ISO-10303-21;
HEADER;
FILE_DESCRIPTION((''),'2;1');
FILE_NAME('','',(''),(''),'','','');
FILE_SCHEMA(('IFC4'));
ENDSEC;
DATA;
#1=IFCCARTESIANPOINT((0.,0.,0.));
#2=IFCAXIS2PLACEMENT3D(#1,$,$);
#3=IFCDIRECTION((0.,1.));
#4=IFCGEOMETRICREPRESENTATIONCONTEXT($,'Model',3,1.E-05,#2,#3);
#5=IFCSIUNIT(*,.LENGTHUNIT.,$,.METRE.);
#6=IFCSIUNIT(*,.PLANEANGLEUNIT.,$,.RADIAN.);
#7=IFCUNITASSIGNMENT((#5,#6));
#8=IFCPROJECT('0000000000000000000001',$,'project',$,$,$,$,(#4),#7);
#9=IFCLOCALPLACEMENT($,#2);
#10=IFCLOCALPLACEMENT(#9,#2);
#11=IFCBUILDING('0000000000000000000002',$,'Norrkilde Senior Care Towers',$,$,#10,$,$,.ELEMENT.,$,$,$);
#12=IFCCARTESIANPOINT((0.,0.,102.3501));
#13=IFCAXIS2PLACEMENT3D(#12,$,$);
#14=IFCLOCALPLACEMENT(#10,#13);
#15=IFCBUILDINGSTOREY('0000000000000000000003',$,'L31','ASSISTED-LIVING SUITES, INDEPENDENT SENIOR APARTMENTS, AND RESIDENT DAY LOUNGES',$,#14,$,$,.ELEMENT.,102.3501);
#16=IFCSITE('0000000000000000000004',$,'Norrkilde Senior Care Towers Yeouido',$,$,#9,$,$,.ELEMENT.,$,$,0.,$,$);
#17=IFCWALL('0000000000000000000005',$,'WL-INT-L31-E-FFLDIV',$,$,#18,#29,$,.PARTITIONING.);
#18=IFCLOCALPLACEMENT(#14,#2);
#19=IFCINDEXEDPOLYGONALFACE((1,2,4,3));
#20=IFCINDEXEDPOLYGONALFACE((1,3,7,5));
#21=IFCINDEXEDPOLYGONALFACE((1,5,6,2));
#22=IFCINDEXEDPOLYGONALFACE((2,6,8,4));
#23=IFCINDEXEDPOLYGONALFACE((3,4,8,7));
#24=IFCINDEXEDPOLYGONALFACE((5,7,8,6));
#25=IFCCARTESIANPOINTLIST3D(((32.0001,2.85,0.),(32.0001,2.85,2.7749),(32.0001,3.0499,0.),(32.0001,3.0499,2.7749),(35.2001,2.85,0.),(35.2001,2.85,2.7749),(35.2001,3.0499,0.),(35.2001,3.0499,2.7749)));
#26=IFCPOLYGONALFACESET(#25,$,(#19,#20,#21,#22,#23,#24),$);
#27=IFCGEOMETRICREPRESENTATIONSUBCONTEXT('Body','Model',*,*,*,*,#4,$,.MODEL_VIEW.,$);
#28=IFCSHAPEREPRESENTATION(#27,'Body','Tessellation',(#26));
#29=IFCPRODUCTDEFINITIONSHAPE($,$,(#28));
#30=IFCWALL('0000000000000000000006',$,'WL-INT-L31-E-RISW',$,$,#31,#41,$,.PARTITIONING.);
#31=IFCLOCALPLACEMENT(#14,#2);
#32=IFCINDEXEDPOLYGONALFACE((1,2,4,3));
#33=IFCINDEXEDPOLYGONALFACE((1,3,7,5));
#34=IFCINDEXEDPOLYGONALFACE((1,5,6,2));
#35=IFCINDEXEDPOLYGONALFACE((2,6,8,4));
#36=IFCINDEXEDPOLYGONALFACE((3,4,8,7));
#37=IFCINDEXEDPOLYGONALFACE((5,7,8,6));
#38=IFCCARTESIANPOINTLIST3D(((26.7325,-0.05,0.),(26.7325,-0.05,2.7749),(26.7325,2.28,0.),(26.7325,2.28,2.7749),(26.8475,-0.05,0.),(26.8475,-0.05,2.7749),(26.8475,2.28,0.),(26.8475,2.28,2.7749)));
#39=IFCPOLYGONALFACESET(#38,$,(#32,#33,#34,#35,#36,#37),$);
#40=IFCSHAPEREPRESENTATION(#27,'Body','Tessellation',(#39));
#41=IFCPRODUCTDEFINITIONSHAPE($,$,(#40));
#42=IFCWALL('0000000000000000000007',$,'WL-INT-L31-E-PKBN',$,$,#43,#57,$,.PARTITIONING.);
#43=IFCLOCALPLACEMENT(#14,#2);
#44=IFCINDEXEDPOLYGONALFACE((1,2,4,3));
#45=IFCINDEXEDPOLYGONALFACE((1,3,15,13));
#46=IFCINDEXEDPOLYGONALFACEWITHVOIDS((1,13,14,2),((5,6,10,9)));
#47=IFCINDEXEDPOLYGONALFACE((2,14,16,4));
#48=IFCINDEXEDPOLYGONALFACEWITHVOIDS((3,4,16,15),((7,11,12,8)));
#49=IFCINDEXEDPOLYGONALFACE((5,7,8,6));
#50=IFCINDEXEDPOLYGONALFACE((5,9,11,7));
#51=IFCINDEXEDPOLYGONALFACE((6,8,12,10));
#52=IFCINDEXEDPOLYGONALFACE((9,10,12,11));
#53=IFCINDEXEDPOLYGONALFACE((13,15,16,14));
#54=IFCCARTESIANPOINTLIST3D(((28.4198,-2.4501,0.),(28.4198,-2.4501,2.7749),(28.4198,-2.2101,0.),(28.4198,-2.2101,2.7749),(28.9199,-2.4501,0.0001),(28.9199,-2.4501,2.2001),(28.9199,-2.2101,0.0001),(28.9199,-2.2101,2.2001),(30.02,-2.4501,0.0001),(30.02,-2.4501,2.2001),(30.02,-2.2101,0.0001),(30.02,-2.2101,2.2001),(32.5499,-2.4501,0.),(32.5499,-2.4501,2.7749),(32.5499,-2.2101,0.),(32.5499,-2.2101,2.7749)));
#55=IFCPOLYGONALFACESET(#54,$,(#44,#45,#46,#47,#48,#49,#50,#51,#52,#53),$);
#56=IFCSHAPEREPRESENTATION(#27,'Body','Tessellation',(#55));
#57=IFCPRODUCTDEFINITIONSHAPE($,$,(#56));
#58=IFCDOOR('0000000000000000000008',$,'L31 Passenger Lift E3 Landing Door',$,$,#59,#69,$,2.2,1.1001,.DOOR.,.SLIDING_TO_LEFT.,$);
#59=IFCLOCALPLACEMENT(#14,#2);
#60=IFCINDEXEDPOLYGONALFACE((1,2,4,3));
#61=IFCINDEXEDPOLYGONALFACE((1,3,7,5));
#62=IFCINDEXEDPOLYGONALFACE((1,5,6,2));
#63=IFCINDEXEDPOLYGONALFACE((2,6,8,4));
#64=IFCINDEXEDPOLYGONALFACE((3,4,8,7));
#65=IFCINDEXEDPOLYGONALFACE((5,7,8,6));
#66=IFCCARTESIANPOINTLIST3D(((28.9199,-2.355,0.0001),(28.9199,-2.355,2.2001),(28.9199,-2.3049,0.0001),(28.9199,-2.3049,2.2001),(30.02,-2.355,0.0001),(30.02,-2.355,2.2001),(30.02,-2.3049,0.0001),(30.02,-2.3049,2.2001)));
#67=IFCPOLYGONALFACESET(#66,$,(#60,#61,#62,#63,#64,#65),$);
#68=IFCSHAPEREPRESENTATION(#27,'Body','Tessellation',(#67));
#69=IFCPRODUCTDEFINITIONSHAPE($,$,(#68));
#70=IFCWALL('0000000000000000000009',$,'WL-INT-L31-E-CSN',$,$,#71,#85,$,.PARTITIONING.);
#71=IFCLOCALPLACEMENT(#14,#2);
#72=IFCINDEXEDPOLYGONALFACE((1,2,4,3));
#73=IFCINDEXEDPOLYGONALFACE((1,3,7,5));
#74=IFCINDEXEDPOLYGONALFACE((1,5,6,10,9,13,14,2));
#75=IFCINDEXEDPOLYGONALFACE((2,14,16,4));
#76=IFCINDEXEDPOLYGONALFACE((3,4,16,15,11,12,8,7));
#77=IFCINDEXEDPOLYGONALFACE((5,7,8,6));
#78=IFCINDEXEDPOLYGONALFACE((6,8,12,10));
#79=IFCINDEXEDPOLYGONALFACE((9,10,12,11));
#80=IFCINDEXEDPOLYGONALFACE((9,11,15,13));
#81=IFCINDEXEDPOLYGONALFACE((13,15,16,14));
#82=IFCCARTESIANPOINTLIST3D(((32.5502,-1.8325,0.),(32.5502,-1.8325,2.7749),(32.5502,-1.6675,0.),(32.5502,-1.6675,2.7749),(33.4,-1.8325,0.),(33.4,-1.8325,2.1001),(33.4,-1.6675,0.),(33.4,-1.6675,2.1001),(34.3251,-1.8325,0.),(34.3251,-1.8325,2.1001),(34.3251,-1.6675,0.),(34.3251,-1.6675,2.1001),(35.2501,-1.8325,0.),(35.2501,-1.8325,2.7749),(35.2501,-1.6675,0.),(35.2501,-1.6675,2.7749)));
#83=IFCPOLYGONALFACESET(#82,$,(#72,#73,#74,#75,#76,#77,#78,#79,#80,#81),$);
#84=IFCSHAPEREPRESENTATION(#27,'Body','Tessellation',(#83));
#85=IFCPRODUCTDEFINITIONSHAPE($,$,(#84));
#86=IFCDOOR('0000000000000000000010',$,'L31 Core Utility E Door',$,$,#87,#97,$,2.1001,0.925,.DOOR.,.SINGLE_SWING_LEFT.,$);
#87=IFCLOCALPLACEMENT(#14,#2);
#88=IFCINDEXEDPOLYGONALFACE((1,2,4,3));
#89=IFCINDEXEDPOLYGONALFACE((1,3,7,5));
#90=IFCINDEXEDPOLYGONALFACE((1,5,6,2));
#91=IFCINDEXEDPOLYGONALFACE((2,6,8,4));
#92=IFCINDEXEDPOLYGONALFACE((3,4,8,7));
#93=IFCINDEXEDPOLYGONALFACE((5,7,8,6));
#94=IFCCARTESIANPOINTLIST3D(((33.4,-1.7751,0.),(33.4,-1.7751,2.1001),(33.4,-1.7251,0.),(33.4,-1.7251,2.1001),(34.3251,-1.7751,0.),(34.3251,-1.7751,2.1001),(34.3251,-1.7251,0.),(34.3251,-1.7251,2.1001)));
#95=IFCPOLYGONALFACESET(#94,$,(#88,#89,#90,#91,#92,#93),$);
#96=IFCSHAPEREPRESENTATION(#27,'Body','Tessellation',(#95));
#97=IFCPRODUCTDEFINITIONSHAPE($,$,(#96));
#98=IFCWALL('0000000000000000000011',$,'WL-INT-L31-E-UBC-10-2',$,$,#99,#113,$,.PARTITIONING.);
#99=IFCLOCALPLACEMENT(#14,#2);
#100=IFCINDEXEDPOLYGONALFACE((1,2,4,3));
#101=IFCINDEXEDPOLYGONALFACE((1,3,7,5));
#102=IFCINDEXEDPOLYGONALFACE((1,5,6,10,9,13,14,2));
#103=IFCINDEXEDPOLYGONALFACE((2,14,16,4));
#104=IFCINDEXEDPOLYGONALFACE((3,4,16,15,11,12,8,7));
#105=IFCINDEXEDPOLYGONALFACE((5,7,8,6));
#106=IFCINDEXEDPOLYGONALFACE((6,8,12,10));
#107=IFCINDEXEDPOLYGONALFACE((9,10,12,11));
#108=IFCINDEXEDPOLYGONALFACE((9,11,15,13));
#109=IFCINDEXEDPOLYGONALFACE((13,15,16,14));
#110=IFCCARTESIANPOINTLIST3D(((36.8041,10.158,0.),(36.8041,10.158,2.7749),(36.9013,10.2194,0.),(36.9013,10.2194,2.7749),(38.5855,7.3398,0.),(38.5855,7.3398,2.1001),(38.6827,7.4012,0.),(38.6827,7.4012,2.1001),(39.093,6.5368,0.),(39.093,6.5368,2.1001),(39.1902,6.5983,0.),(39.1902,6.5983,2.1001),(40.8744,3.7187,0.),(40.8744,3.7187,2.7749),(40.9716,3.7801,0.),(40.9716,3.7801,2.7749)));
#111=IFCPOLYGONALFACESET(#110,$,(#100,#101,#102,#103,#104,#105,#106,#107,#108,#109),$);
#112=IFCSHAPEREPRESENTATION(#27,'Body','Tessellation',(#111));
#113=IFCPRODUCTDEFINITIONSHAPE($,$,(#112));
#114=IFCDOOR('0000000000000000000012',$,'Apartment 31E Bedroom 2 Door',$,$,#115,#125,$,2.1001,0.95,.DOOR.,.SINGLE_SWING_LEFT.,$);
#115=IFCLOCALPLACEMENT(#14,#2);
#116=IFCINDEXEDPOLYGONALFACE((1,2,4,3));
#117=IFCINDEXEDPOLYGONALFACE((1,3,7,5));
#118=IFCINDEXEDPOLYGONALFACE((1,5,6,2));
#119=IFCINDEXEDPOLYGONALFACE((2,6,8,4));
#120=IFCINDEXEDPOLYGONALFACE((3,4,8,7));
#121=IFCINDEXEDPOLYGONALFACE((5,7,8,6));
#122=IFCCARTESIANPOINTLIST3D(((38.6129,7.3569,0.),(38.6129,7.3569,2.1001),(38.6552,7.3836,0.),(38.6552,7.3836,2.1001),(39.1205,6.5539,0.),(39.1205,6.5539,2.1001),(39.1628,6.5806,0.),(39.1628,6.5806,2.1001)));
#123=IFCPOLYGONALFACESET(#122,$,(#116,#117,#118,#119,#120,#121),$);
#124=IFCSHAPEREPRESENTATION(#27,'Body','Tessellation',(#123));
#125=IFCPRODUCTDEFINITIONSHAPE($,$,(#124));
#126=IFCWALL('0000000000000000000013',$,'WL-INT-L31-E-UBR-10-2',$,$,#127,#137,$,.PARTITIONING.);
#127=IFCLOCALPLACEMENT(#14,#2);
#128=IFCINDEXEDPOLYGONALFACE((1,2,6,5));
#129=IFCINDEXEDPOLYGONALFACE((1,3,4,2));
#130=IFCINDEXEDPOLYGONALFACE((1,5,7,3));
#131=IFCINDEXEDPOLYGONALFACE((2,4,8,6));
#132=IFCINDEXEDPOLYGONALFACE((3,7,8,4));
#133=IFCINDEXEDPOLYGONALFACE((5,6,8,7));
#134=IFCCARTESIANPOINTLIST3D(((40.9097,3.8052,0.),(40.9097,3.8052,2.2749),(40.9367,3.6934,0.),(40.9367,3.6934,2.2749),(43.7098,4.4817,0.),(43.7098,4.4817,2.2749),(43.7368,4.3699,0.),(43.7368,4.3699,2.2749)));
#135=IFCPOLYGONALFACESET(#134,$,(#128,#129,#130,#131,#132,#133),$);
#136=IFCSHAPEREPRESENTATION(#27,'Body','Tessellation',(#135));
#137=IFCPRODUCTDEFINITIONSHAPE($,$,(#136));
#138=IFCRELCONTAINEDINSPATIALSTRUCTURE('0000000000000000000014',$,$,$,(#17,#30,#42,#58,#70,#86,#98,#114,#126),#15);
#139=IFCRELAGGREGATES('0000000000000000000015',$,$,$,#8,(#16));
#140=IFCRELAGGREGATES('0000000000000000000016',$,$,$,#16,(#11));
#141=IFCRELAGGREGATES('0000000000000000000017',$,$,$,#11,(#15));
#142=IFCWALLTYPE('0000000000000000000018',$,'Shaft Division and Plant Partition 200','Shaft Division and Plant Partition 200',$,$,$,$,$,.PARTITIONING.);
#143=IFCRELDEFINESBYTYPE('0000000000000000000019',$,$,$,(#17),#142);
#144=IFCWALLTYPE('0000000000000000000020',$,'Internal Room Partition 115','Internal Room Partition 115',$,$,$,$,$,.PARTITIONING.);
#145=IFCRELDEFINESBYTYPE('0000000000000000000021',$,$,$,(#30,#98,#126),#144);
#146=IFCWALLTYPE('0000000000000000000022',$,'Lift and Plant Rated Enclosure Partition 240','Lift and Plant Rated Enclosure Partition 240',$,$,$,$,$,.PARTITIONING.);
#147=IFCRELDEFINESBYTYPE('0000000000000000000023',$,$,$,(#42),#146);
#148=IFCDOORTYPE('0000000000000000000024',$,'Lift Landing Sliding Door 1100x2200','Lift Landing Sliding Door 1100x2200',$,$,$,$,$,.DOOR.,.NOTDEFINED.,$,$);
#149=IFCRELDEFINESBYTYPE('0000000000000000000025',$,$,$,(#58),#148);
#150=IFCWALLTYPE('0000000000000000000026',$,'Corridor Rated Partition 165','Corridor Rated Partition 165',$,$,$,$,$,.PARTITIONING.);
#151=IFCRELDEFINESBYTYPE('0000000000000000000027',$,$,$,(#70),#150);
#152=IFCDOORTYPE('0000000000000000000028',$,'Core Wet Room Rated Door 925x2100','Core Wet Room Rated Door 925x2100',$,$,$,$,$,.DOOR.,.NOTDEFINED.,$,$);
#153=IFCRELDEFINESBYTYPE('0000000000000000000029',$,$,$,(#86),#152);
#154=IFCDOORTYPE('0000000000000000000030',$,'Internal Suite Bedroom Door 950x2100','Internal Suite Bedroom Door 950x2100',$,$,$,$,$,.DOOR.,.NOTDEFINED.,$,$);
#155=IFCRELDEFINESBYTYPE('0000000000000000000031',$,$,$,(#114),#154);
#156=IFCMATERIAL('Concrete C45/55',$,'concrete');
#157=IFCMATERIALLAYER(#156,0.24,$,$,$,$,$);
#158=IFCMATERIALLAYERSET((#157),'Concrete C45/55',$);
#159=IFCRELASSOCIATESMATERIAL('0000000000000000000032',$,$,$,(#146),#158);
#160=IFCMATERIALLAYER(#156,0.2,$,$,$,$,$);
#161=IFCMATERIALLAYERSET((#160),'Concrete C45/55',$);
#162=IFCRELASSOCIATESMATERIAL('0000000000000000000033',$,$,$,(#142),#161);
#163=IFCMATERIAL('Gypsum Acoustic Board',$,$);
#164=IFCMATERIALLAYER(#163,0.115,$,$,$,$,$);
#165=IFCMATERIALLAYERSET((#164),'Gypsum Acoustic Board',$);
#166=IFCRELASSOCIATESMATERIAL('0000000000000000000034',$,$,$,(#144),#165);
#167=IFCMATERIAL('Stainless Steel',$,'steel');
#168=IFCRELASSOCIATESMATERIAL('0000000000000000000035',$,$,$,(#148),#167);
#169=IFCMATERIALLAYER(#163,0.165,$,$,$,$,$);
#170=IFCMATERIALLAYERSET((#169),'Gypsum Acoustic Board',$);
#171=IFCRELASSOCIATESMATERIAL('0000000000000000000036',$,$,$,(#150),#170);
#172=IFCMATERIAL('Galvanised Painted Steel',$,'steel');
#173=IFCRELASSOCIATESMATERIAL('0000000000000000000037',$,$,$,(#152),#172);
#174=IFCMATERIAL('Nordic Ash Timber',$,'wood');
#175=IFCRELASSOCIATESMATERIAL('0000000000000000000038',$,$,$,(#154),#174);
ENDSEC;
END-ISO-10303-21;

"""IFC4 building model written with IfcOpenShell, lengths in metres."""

from ifc_helpers import new_model, si_unit, direction, frame, frame_2d, origin, place, context, subcontext, project, spatial, rectangle, extrude, source, transform, mapped, material, layer, layer_set, type_object, type_shapes, element, fill, save


model = new_model("IFC4")

# Units and contexts
model_context = context("Model", 3, precision=1e-05, world=origin(), true_north=direction((0.0, 1.0)))
body_context = subcontext(model_context, "Body", "Model", "MODEL_VIEW")
ifc_project = project(units=[si_unit("LENGTHUNIT", "METRE"), si_unit("PLANEANGLEUNIT", "RADIAN")], contexts=[model_context])

# Site, building, storey
site_placement = place(None, origin())
site = spatial("IfcSite", under=ifc_project, at=site_placement, Name="Norrkilde Senior Care Towers Yeouido", CompositionType="ELEMENT", RefElevation=0.0)
building_placement = place(site_placement, origin())
building = spatial("IfcBuilding", under=site, at=building_placement, Name="Norrkilde Senior Care Towers", CompositionType="ELEMENT")
storey_placement = place(building_placement, frame((0.0, 0.0, 102.3501)))
storey = spatial("IfcBuildingStorey", under=building, at=storey_placement, Name="L31", Description="ASSISTED-LIVING SUITES, INDEPENDENT SENIOR APARTMENTS, AND RESIDENT DAY LOUNGES", CompositionType="ELEMENT", Elevation=102.3501)

# Shared definitions
ifc_material_1 = material(Name="Concrete C45/55", Category="concrete")
ifc_layer_1 = layer(ifc_material_1, 0.24)
ifc_layer_set_1 = layer_set([ifc_layer_1], Name="Concrete C45/55")
wall_type_1 = type_object("IfcWallType", Name="Lift and Plant Rated Enclosure Partition 240", Description="Lift and Plant Rated Enclosure Partition 240", PredefinedType="PARTITIONING", material=ifc_layer_set_1)
ifc_material_2 = material(Name="Stainless Steel", Category="steel")

# Wall
ifc_layer_2 = layer(ifc_material_1, 0.2)
ifc_layer_set_2 = layer_set([ifc_layer_2], Name="Concrete C45/55")
wall_type_2 = type_object("IfcWallType", Name="Shaft Division and Plant Partition 200", Description="Shaft Division and Plant Partition 200", PredefinedType="PARTITIONING", material=ifc_layer_set_2)
shared_shape_1 = source(origin(), body_context, "Body", "SweptSolid", [
    extrude(rectangle(XDim=3.2, YDim=0.2, at=frame_2d((1.6001, 0.0))), origin(), (0.0, 0.0, 1.0), 2.7749),
])
type_shapes(wall_type_2, [shared_shape_1])
wall_1_placement = place(storey_placement, frame((32.0, 2.95, 0.0), z_axis=(0.0, 0.0, 1.0), x_axis=(1.0, 0.0, 0.0)))
element("IfcWall", 1, at=wall_1_placement, inside=storey, type_object=wall_type_2, Name="WL-INT-L31-E-FFLDIV", PredefinedType="PARTITIONING", context=body_context, shape_type="MappedRepresentation", body=[
    mapped(shared_shape_1, transform((0.0, 0.0, 0.0), x_axis=(1.0, 0.0, 0.0), y_axis=(0.0, 1.0, 0.0), z_axis=(0.0, 0.0, 1.0), scale=1.0)),
])

# Shared definitions
ifc_material_3 = material(Name="Galvanised Painted Steel", Category="steel")

# Wall
ifc_material_4 = material(Name="Gypsum Acoustic Board")
ifc_layer_3 = layer(ifc_material_4, 0.115)
ifc_layer_set_3 = layer_set([ifc_layer_3], Name="Gypsum Acoustic Board")
wall_type_3 = type_object("IfcWallType", Name="Internal Room Partition 115", Description="Internal Room Partition 115", PredefinedType="PARTITIONING", material=ifc_layer_set_3)
shared_shape_2 = source(origin(), body_context, "Body", "SweptSolid", [
    extrude(rectangle(XDim=2.3301, YDim=0.115, at=frame_2d((1.165, 0.0))), origin(), (0.0, 0.0, 1.0), 2.7749),
])
wall_2_placement = place(storey_placement, frame((26.79, -0.05, 0.0), z_axis=(0.0, 0.0, 1.0), x_axis=(0.0, 1.0, 0.0)))
element("IfcWall", 2, at=wall_2_placement, inside=storey, type_object=wall_type_3, Name="WL-INT-L31-E-RISW", PredefinedType="PARTITIONING", context=body_context, shape_type="MappedRepresentation", body=[
    mapped(shared_shape_2, transform((0.0, 0.0, 0.0), x_axis=(1.0, 0.0, 0.0), y_axis=(0.0, 1.0, 0.0), z_axis=(0.0, 0.0, 1.0), scale=1.0)),
])

# Walls, openings, doors
shared_shape_3 = source(origin(), body_context, "Body", "SweptSolid", [
    extrude(rectangle(XDim=4.1301, YDim=0.24, at=frame_2d((2.0649, 0.0))), origin(), (0.0, 0.0, 1.0), 2.7749),
])
wall_3_placement = place(storey_placement, frame((28.4199, -2.3301, 0.0), z_axis=(0.0, 0.0, 1.0), x_axis=(1.0, 0.0, 0.0)))
wall_3 = element("IfcWall", 3, at=wall_3_placement, inside=storey, type_object=wall_type_1, Name="WL-INT-L31-E-PKBN", PredefinedType="PARTITIONING", context=body_context, shape_type="MappedRepresentation", body=[
    mapped(shared_shape_3, transform((0.0, 0.0, 0.0), x_axis=(1.0, 0.0, 0.0), y_axis=(0.0, 1.0, 0.0), z_axis=(0.0, 0.0, 1.0), scale=1.0)),
])
opening_1_placement = place(wall_3_placement, frame((0.5, 0.0, 0.0)))
opening_1 = element("IfcOpeningElement", 4, at=opening_1_placement, cuts=wall_3, PredefinedType="OPENING", context=body_context, shape_type="SweptSolid", body=[
    extrude(rectangle(XDim=1.1001, YDim=2.2, at=frame_2d((0.55, 1.1001))), frame((0.0, 0.1299, 0.0), z_axis=(0.0, -1.0, 0.0), x_axis=(1.0, 0.0, 0.0)), (0.0, 0.0, 1.0), 0.26),
])
door_type_1 = type_object("IfcDoorType", Name="Lift Landing Sliding Door 1100x2200", Description="Lift Landing Sliding Door 1100x2200", OperationType="NOTDEFINED", PredefinedType="DOOR", material=ifc_material_2)
shared_shape_4 = source(origin(), body_context, "Body", "SweptSolid", [
    extrude(rectangle(XDim=1.1001, YDim=2.2, at=frame_2d((0.55, 1.1001))), frame((0.0, 0.0249, 0.0), z_axis=(0.0, -1.0, 0.0), x_axis=(1.0, 0.0, 0.0)), (0.0, 0.0, 1.0), 0.05),
])
type_shapes(door_type_1, [shared_shape_4])
door_1_placement = place(opening_1_placement, frame((1.1001, 0.0, 0.0), z_axis=(0.0, 0.0, 1.0), x_axis=(-1.0, 0.0, 0.0)))
door_1 = element("IfcDoor", 5, at=door_1_placement, inside=storey, type_object=door_type_1, Name="L31 Passenger Lift E3 Landing Door", OperationType="SLIDING_TO_LEFT", OverallHeight=2.2, OverallWidth=1.1001, PredefinedType="DOOR", context=body_context, shape_type="MappedRepresentation", body=[
    mapped(shared_shape_4, transform((0.0, 0.0, 0.0), x_axis=(1.0, 0.0, 0.0), y_axis=(0.0, 1.0, 0.0), z_axis=(0.0, 0.0, 1.0), scale=1.0)),
])
fill(opening_1, door_1)
ifc_layer_4 = layer(ifc_material_4, 0.165)
ifc_layer_set_4 = layer_set([ifc_layer_4], Name="Gypsum Acoustic Board")
wall_type_4 = type_object("IfcWallType", Name="Corridor Rated Partition 165", Description="Corridor Rated Partition 165", PredefinedType="PARTITIONING", material=ifc_layer_set_4)
shared_shape_5 = source(origin(), body_context, "Body", "SweptSolid", [
    extrude(rectangle(XDim=2.7, YDim=0.165, at=frame_2d((1.3501, 0.0))), origin(), (0.0, 0.0, 1.0), 2.7749),
])
type_shapes(wall_type_4, [shared_shape_5])
wall_4_placement = place(storey_placement, frame((32.55, -1.75, 0.0), z_axis=(0.0, 0.0, 1.0), x_axis=(1.0, 0.0, 0.0)))
wall_4 = element("IfcWall", 6, at=wall_4_placement, inside=storey, type_object=wall_type_4, Name="WL-INT-L31-E-CSN", PredefinedType="PARTITIONING", context=body_context, shape_type="MappedRepresentation", body=[
    mapped(shared_shape_5, transform((0.0, 0.0, 0.0), x_axis=(1.0, 0.0, 0.0), y_axis=(0.0, 1.0, 0.0), z_axis=(0.0, 0.0, 1.0), scale=1.0)),
])
opening_2_placement = place(wall_4_placement, frame((0.8501, 0.0, 0.0)))
opening_2 = element("IfcOpeningElement", 7, at=opening_2_placement, cuts=wall_4, PredefinedType="OPENING", context=body_context, shape_type="SweptSolid", body=[
    extrude(rectangle(XDim=0.925, YDim=2.1001, at=frame_2d((0.4624, 1.05))), frame((0.0, 0.0925, 0.0), z_axis=(0.0, -1.0, 0.0), x_axis=(1.0, 0.0, 0.0)), (0.0, 0.0, 1.0), 0.1851),
])
door_type_2 = type_object("IfcDoorType", Name="Core Wet Room Rated Door 925x2100", Description="Core Wet Room Rated Door 925x2100", OperationType="NOTDEFINED", PredefinedType="DOOR", material=ifc_material_3)
shared_shape_6 = source(origin(), body_context, "Body", "SweptSolid", [
    extrude(rectangle(XDim=0.925, YDim=2.1001, at=frame_2d((0.4624, 1.05))), frame((0.0, 0.0249, 0.0), z_axis=(0.0, -1.0, 0.0), x_axis=(1.0, 0.0, 0.0)), (0.0, 0.0, 1.0), 0.05),
])
type_shapes(door_type_2, [shared_shape_6])
door_2_placement = place(opening_2_placement, origin())
door_2 = element("IfcDoor", 8, at=door_2_placement, inside=storey, type_object=door_type_2, Name="L31 Core Utility E Door", OperationType="SINGLE_SWING_LEFT", OverallHeight=2.1001, OverallWidth=0.925, PredefinedType="DOOR", context=body_context, shape_type="MappedRepresentation", body=[
    mapped(shared_shape_6, transform((0.0, 0.0, 0.0), x_axis=(1.0, 0.0, 0.0), y_axis=(0.0, 1.0, 0.0), z_axis=(0.0, 0.0, 1.0), scale=1.0)),
])
fill(opening_2, door_2)
shared_shape_7 = source(origin(), body_context, "Body", "SweptSolid", [
    extrude(rectangle(XDim=7.6179, YDim=0.115, at=frame_2d((3.8091, 0.0))), origin(), (0.0, 0.0, 1.0), 2.7749),
])
wall_5_placement = place(storey_placement, frame((40.9231, 3.7493, 0.0), z_axis=(0.0, 0.0, 1.0), x_axis=(-0.534316, 0.845285, 0.0)))
wall_5 = element("IfcWall", 9, at=wall_5_placement, inside=storey, type_object=wall_type_3, Name="WL-INT-L31-E-UBC-10-2", PredefinedType="PARTITIONING", context=body_context, shape_type="MappedRepresentation", body=[
    mapped(shared_shape_7, transform((0.0, 0.0, 0.0), x_axis=(1.0, 0.0, 0.0), y_axis=(0.0, 1.0, 0.0), z_axis=(0.0, 0.0, 1.0), scale=1.0)),
])
opening_3_placement = place(wall_5_placement, frame((3.334, 0.0, 0.0)))
opening_3 = element("IfcOpeningElement", 10, at=opening_3_placement, cuts=wall_5, PredefinedType="OPENING", context=body_context, shape_type="SweptSolid", body=[
    extrude(rectangle(XDim=0.95, YDim=2.1001, at=frame_2d((0.4751, 1.05))), frame((0.0, 0.0674, 0.0), z_axis=(0.0, -1.0, 0.0), x_axis=(1.0, 0.0, 0.0)), (0.0, 0.0, 1.0), 0.135),
])
ifc_material_5 = material(Name="Nordic Ash Timber", Category="wood")
door_type_3 = type_object("IfcDoorType", Name="Internal Suite Bedroom Door 950x2100", Description="Internal Suite Bedroom Door 950x2100", OperationType="NOTDEFINED", PredefinedType="DOOR", material=ifc_material_5)
shared_shape_8 = source(origin(), body_context, "Body", "SweptSolid", [
    extrude(rectangle(XDim=0.95, YDim=2.1001, at=frame_2d((0.4751, 1.05))), frame((0.0, 0.0249, 0.0), z_axis=(0.0, -1.0, 0.0), x_axis=(1.0, 0.0, 0.0)), (0.0, 0.0, 1.0), 0.05),
])
type_shapes(door_type_3, [shared_shape_8])
door_3_placement = place(opening_3_placement, frame((0.95, 0.0, 0.0), z_axis=(0.0, 0.0, 1.0), x_axis=(-1.0, 0.0, 0.0)))
door_3 = element("IfcDoor", 11, at=door_3_placement, inside=storey, type_object=door_type_3, Name="Apartment 31E Bedroom 2 Door", OperationType="SINGLE_SWING_LEFT", OverallHeight=2.1001, OverallWidth=0.95, PredefinedType="DOOR", context=body_context, shape_type="MappedRepresentation", body=[
    mapped(shared_shape_8, transform((0.0, 0.0, 0.0), x_axis=(1.0, 0.0, 0.0), y_axis=(0.0, 1.0, 0.0), z_axis=(0.0, 0.0, 1.0), scale=1.0)),
])
fill(opening_3, door_3)

# Wall
shared_shape_9 = source(origin(), body_context, "Body", "SweptSolid", [
    extrude(rectangle(XDim=2.8806, YDim=0.115, at=frame_2d((1.4404, 0.0))), origin(), (0.0, 0.0, 1.0), 2.2749),
])
type_shapes(wall_type_3, [shared_shape_2, shared_shape_7, shared_shape_9])
wall_6_placement = place(storey_placement, frame((40.9231, 3.7493, 0.0), z_axis=(0.0, 0.0, 1.0), x_axis=(0.972032, 0.23485, 0.0)))
element("IfcWall", 12, at=wall_6_placement, inside=storey, type_object=wall_type_3, Name="WL-INT-L31-E-UBR-10-2", PredefinedType="PARTITIONING", context=body_context, shape_type="MappedRepresentation", body=[
    mapped(shared_shape_9, transform((0.0, 0.0, 0.0), x_axis=(1.0, 0.0, 0.0), y_axis=(0.0, 1.0, 0.0), z_axis=(0.0, 0.0, 1.0), scale=1.0)),
])

save(model, "model.ifc")
